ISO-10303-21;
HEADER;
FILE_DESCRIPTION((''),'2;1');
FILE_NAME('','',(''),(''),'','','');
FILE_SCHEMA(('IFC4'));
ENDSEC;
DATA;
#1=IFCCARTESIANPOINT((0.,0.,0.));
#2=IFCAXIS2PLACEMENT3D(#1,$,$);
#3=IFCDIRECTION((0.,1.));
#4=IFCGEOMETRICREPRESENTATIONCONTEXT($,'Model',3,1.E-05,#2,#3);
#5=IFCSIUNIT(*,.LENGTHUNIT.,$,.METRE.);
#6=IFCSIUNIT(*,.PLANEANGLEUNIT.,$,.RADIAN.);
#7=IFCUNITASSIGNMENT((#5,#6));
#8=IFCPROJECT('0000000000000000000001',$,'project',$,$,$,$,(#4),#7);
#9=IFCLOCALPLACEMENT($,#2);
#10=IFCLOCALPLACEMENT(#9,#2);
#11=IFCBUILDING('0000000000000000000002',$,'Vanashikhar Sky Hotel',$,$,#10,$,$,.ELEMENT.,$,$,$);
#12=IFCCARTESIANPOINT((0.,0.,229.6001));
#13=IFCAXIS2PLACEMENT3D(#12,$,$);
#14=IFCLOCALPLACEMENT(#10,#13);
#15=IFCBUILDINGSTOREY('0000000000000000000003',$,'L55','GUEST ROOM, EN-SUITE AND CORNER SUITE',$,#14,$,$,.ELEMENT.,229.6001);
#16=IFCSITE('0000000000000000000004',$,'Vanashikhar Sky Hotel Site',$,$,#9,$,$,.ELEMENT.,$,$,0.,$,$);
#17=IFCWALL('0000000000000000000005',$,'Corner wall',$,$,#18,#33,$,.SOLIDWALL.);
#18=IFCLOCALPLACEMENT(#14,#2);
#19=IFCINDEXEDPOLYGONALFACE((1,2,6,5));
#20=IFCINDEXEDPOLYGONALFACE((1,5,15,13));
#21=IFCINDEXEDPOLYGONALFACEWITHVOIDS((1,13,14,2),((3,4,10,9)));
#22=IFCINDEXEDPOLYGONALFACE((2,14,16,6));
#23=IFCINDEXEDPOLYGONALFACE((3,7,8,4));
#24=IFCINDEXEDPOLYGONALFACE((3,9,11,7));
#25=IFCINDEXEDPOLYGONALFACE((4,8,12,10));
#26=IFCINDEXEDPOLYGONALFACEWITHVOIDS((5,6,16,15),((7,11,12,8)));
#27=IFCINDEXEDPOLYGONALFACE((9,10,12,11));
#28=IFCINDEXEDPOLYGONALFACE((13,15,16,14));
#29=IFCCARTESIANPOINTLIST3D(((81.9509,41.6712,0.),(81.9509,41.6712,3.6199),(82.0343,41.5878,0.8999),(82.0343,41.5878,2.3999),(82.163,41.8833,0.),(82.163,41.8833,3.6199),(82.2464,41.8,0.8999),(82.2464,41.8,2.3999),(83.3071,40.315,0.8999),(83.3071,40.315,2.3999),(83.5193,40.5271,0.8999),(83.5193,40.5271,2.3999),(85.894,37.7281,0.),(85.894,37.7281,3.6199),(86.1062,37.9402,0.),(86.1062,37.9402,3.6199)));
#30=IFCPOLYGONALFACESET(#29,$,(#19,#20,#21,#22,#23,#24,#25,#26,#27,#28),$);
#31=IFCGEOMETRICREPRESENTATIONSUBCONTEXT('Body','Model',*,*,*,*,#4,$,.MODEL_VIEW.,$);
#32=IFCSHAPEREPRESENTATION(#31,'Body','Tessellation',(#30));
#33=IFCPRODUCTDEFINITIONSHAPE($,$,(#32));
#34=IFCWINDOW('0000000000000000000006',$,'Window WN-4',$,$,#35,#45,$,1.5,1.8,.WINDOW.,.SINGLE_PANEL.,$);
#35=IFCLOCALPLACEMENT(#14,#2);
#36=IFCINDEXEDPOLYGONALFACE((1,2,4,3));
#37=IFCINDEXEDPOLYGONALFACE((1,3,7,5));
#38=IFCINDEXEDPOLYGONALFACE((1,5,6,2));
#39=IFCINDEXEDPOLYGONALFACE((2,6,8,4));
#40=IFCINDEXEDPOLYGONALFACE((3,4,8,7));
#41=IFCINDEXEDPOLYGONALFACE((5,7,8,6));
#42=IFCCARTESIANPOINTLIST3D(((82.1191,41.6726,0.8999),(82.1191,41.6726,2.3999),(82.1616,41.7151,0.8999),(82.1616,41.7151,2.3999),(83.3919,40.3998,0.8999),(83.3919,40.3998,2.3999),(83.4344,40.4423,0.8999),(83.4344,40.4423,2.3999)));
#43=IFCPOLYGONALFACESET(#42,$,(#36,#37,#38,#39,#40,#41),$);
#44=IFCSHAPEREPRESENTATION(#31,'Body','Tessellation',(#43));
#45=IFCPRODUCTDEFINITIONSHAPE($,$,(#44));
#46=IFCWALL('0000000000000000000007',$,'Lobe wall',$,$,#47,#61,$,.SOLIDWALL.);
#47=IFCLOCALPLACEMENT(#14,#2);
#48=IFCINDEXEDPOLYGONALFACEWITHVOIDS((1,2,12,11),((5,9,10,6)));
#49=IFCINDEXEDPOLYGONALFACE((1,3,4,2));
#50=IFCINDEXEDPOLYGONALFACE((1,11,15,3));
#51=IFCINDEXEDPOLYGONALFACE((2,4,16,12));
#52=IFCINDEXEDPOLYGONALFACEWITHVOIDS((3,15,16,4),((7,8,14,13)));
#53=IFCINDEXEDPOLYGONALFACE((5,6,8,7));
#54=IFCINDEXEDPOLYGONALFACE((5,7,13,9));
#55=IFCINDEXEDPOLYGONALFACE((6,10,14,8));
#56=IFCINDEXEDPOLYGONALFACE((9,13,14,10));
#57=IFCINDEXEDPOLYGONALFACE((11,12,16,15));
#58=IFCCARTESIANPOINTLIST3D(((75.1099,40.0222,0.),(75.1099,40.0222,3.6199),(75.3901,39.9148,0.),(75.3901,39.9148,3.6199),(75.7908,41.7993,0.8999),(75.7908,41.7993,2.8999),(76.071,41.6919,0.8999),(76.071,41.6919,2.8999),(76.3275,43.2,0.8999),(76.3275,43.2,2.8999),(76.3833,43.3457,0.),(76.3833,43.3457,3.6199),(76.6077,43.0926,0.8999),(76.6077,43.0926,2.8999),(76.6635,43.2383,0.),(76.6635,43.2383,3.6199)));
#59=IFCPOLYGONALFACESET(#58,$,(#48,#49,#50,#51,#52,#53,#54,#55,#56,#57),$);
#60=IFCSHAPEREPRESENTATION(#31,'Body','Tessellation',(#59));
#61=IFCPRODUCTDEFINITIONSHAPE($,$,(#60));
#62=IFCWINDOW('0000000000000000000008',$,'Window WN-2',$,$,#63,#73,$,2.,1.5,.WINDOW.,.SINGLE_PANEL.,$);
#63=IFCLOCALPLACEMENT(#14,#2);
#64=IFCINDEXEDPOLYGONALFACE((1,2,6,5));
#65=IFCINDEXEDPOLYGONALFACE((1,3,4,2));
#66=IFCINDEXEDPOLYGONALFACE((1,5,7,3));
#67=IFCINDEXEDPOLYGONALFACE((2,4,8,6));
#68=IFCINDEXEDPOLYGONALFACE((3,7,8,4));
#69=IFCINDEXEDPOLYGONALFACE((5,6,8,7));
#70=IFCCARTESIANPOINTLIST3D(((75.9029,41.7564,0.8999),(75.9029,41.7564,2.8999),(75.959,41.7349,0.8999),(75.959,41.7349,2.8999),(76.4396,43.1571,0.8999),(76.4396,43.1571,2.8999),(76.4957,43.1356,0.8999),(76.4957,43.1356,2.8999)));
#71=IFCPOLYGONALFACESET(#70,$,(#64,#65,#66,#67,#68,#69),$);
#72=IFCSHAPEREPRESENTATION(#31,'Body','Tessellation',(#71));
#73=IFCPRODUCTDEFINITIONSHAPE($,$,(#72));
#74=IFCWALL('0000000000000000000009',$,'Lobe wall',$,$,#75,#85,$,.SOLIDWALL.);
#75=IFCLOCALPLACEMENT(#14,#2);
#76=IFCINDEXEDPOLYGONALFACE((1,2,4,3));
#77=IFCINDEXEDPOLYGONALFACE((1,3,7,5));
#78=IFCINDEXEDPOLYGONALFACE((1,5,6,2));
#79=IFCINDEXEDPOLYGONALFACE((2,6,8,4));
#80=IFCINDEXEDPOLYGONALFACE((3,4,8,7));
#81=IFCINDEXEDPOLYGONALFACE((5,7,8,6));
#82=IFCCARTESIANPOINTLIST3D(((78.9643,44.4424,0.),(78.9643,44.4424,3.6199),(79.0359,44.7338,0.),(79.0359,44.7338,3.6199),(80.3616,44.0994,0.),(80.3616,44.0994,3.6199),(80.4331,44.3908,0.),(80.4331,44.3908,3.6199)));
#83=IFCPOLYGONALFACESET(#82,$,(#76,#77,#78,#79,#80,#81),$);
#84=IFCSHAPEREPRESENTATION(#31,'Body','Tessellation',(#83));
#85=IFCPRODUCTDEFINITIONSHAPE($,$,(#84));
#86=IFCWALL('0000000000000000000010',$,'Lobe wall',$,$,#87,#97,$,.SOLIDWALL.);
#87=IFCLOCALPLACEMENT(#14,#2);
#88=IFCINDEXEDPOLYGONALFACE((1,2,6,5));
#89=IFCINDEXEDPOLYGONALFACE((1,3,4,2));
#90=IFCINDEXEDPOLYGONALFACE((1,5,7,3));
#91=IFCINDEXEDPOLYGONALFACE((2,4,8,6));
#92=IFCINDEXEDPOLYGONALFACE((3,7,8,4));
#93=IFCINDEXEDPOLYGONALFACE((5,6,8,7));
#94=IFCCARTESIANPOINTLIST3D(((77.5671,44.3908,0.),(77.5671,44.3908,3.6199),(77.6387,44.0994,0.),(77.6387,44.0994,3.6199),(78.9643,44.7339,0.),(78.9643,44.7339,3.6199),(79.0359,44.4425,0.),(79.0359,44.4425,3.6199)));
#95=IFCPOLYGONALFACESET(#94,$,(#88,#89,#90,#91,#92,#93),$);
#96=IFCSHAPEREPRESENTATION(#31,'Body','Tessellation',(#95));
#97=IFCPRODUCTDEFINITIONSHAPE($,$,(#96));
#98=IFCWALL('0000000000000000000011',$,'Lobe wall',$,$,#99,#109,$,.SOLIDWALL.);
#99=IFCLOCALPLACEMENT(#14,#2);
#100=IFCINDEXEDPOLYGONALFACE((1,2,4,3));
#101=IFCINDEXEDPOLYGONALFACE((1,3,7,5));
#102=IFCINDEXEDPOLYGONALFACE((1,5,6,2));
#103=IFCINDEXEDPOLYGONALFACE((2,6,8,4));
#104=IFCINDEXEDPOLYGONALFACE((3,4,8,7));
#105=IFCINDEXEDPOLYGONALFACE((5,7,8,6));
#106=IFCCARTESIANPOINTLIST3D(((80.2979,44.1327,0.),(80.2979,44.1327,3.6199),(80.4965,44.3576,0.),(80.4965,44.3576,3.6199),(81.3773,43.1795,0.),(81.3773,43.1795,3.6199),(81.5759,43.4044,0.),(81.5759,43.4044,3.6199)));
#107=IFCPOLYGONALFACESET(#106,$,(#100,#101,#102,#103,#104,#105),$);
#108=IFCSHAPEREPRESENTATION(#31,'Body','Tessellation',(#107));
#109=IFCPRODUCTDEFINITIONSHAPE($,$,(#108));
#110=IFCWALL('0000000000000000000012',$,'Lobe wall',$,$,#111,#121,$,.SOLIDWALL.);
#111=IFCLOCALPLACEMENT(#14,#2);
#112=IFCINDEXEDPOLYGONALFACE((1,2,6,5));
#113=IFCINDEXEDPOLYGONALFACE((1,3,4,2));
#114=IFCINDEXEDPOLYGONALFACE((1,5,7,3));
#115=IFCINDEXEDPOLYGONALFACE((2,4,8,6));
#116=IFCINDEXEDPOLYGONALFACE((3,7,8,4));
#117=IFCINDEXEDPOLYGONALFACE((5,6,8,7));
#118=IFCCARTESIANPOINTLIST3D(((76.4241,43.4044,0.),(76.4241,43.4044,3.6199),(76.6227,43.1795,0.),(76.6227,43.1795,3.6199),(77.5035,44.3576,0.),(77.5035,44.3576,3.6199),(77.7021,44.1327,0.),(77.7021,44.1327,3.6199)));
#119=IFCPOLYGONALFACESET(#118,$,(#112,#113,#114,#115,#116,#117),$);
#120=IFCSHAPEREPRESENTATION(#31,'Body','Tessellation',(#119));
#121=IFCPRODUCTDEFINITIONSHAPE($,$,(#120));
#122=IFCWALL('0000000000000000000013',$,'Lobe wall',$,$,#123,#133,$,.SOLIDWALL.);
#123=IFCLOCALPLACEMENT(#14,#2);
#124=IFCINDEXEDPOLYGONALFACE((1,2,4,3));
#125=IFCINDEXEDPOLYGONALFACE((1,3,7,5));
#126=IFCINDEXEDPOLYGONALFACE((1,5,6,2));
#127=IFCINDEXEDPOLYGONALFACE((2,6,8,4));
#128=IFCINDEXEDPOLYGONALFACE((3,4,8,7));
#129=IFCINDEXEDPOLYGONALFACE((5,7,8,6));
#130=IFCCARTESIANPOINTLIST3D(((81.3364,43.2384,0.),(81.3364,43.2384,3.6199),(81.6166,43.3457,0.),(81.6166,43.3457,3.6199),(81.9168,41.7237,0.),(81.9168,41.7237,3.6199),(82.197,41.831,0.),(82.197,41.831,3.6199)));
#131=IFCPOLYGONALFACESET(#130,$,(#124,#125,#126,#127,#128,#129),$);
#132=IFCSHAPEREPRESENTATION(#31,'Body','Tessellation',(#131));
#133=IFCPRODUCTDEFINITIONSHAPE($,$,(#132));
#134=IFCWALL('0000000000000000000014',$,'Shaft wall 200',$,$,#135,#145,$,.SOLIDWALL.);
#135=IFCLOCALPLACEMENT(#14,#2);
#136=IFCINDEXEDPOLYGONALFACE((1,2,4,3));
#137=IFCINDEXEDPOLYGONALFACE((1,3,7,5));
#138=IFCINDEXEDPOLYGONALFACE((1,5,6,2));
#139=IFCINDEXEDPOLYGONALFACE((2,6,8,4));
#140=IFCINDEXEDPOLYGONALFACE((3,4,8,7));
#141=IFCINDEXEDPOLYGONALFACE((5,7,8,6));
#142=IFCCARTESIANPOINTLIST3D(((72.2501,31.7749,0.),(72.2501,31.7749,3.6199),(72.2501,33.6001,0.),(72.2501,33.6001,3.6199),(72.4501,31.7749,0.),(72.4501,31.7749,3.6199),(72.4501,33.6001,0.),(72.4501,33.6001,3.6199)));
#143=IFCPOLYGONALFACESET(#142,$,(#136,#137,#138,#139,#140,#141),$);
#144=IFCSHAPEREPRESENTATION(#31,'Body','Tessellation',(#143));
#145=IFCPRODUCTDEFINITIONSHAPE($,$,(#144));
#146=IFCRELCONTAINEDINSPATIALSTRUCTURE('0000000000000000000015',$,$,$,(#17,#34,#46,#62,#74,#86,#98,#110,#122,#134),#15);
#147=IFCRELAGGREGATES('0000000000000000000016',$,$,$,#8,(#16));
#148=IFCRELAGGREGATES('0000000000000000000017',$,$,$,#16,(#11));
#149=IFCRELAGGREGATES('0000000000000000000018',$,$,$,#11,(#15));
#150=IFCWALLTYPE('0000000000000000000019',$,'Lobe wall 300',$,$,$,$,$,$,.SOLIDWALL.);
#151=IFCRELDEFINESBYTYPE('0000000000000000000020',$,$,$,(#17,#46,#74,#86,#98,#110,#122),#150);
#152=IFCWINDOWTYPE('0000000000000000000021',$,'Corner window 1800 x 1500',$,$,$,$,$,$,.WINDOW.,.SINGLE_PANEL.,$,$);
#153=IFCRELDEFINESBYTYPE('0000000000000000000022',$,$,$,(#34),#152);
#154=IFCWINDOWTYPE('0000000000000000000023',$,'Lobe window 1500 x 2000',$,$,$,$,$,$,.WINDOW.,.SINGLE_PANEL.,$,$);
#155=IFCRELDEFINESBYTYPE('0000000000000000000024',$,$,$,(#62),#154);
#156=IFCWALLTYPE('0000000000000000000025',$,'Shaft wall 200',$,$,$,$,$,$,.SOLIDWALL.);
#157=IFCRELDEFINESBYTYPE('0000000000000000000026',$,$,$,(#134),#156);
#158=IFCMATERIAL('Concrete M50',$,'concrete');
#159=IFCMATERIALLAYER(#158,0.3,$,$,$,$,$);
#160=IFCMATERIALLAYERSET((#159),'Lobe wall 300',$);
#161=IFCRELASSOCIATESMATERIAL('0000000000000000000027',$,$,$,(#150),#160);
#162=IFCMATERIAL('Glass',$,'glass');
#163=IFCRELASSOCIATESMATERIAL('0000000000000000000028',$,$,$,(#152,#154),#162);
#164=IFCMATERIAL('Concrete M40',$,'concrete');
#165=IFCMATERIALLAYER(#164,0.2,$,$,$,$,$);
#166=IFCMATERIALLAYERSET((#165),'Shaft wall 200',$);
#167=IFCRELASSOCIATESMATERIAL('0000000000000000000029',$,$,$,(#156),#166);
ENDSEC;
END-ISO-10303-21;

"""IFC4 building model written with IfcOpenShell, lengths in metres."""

from ifc_helpers import new_model, si_unit, direction, frame, frame_2d, origin, place, context, subcontext, project, spatial, rectangle, extrude, source, transform, mapped, material, layer, layer_set, type_object, element, fill, save


model = new_model("IFC4")

# Units and contexts
model_context = context("Model", 3, precision=1e-05, world=origin(), true_north=direction((0.0, 1.0)))
body_context = subcontext(model_context, "Body", "Model", "MODEL_VIEW")
ifc_project = project(units=[si_unit("LENGTHUNIT", "METRE"), si_unit("PLANEANGLEUNIT", "RADIAN")], contexts=[model_context])

# Site, building, storey
site_placement = place(None, origin())
site = spatial("IfcSite", under=ifc_project, at=site_placement, Name="Vanashikhar Sky Hotel Site", CompositionType="ELEMENT", RefElevation=0.0)
building_placement = place(site_placement, origin())
building = spatial("IfcBuilding", under=site, at=building_placement, Name="Vanashikhar Sky Hotel", CompositionType="ELEMENT")
storey_placement = place(building_placement, frame((0.0, 0.0, 229.6001)))
storey = spatial("IfcBuildingStorey", under=building, at=storey_placement, Name="L55", Description="GUEST ROOM, EN-SUITE AND CORNER SUITE", CompositionType="ELEMENT", Elevation=229.6001)

# Walls, openings, windows
ifc_material_1 = material(Name="Concrete M50", Category="concrete")
ifc_layer_1 = layer(ifc_material_1, 0.3)
ifc_layer_set_1 = layer_set([ifc_layer_1], Name="Lobe wall 300")
wall_type_1 = type_object("IfcWallType", Name="Lobe wall 300", PredefinedType="SOLIDWALL", material=ifc_layer_set_1)
shared_shape_1 = source(origin(), body_context, "Body", "SweptSolid", [
    extrude(rectangle(XDim=5.5764, YDim=0.3, at=frame_2d((2.7881, 0.0))), origin(), (0.0, 0.0, 1.0), 3.6199),
])
wall_1_placement = place(storey_placement, frame((86.0, 37.8342, 0.0), z_axis=(0.0, 0.0, 1.0), x_axis=(-0.707107, 0.707107, 0.0)))
wall_1 = element("IfcWall", 1, at=wall_1_placement, inside=storey, type_object=wall_type_1, Name="Corner wall", PredefinedType="SOLIDWALL", context=body_context, shape_type="MappedRepresentation", body=[
    mapped(shared_shape_1, transform((0.0, 0.0, 0.0), scale=1.0)),
])
shared_shape_2 = source(origin(), body_context, "Body", "SweptSolid", [
    extrude(rectangle(XDim=1.8, YDim=1.5, at=frame_2d((0.8999, 0.75))), frame((0.0, 0.1602, 0.0), z_axis=(0.0, -1.0, 0.0), x_axis=(1.0, 0.0, 0.0)), (0.0, 0.0, 1.0), 0.3201),
])
opening_1_placement = place(wall_1_placement, frame((3.6584, 0.0, 0.8999)))
opening_1 = element("IfcOpeningElement", 2, at=opening_1_placement, cuts=wall_1, PredefinedType="OPENING", context=body_context, shape_type="MappedRepresentation", body=[
    mapped(shared_shape_2, transform((0.0, 0.0, 0.0), scale=1.0)),
])
ifc_material_2 = material(Name="Glass", Category="glass")
window_type_1 = type_object("IfcWindowType", Name="Corner window 1800 x 1500", PartitioningType="SINGLE_PANEL", PredefinedType="WINDOW", material=ifc_material_2)
shared_shape_3 = source(origin(), body_context, "Body", "SweptSolid", [
    extrude(rectangle(XDim=1.8, YDim=1.5, at=frame_2d((0.8999, 0.75))), frame((0.0, 0.03, 0.0), z_axis=(0.0, -1.0, 0.0), x_axis=(1.0, 0.0, 0.0)), (0.0, 0.0, 1.0), 0.0601),
])
window_1_placement = place(opening_1_placement, origin())
window_1 = element("IfcWindow", 3, at=window_1_placement, inside=storey, type_object=window_type_1, Name="Window WN-4", OverallHeight=1.5, OverallWidth=1.8, PartitioningType="SINGLE_PANEL", PredefinedType="WINDOW", context=body_context, shape_type="MappedRepresentation", body=[
    mapped(shared_shape_3, transform((0.0, 0.0, 0.0), scale=1.0)),
])
fill(opening_1, window_1)
shared_shape_4 = source(origin(), body_context, "Body", "SweptSolid", [
    extrude(rectangle(XDim=3.5591, YDim=0.3, at=frame_2d((1.7795, 0.0))), origin(), (0.0, 0.0, 1.0), 3.6199),
])
wall_2_placement = place(storey_placement, frame((76.5234, 43.292, 0.0), z_axis=(0.0, 0.0, 1.0), x_axis=(-0.357797, -0.933799, 0.0)))
wall_2 = element("IfcWall", 4, at=wall_2_placement, inside=storey, type_object=wall_type_1, Name="Lobe wall", PredefinedType="SOLIDWALL", context=body_context, shape_type="MappedRepresentation", body=[
    mapped(shared_shape_4, transform((0.0, 0.0, 0.0), scale=1.0)),
])
shared_shape_5 = source(origin(), body_context, "Body", "SweptSolid", [
    extrude(rectangle(XDim=1.5, YDim=2.0, at=frame_2d((0.75, 1.0))), frame((0.0, 0.1602, 0.0), z_axis=(0.0, -1.0, 0.0), x_axis=(1.0, 0.0, 0.0)), (0.0, 0.0, 1.0), 0.3201),
])
opening_2_placement = place(wall_2_placement, frame((0.156, 0.0, 0.8999)))
opening_2 = element("IfcOpeningElement", 5, at=opening_2_placement, cuts=wall_2, PredefinedType="OPENING", context=body_context, shape_type="MappedRepresentation", body=[
    mapped(shared_shape_5, transform((0.0, 0.0, 0.0), scale=1.0)),
])
window_type_2 = type_object("IfcWindowType", Name="Lobe window 1500 x 2000", PartitioningType="SINGLE_PANEL", PredefinedType="WINDOW", material=ifc_material_2)
shared_shape_6 = source(origin(), body_context, "Body", "SweptSolid", [
    extrude(rectangle(XDim=1.5, YDim=2.0, at=frame_2d((0.75, 1.0))), frame((0.0, 0.03, 0.0), z_axis=(0.0, -1.0, 0.0), x_axis=(1.0, 0.0, 0.0)), (0.0, 0.0, 1.0), 0.0601),
])
window_2_placement = place(opening_2_placement, origin())
window_2 = element("IfcWindow", 6, at=window_2_placement, inside=storey, type_object=window_type_2, Name="Window WN-2", OverallHeight=2.0, OverallWidth=1.5, PartitioningType="SINGLE_PANEL", PredefinedType="WINDOW", context=body_context, shape_type="MappedRepresentation", body=[
    mapped(shared_shape_6, transform((0.0, 0.0, 0.0), scale=1.0)),
])
fill(opening_2, window_2)

# Walls
shared_shape_7 = source(origin(), body_context, "Body", "SweptSolid", [
    extrude(rectangle(XDim=1.4387, YDim=0.3, at=frame_2d((0.7192, 0.0))), origin(), (0.0, 0.0, 1.0), 3.6199),
])
for number, where, z_axis, x_axis, name in (
    (7, (80.3972, 44.2451, 0.0), (0.0, 0.0, 1.0), (-0.971162, 0.238421, 0.0), "Lobe wall"),
    (8, (79.0, 44.5881, 0.0), (0.0, 0.0, 1.0), (-0.971162, -0.238421, 0.0), "Lobe wall"),
):
    element("IfcWall", number, at=place(storey_placement, frame(where, z_axis=z_axis, x_axis=x_axis)), inside=storey, type_object=wall_type_1, Name=name, PredefinedType="SOLIDWALL", context=body_context, shape_type="MappedRepresentation", body=[
        mapped(shared_shape_7, transform((0.0, 0.0, 0.0), scale=1.0)),
    ])
shared_shape_8 = source(origin(), body_context, "Body", "SweptSolid", [
    extrude(rectangle(XDim=1.4399, YDim=0.3, at=frame_2d((0.72, 0.0))), origin(), (0.0, 0.0, 1.0), 3.6199),
])
for number, where, z_axis, x_axis, name in (
    (9, (81.4766, 43.292, 0.0), (0.0, 0.0, 1.0), (-0.749576, 0.661919, 0.0), "Lobe wall"),
    (10, (77.6028, 44.2451, 0.0), (0.0, 0.0, 1.0), (-0.749576, -0.661919, 0.0), "Lobe wall"),
):
    element("IfcWall", number, at=place(storey_placement, frame(where, z_axis=z_axis, x_axis=x_axis)), inside=storey, type_object=wall_type_1, Name=name, PredefinedType="SOLIDWALL", context=body_context, shape_type="MappedRepresentation", body=[
        mapped(shared_shape_8, transform((0.0, 0.0, 0.0), scale=1.0)),
    ])
shared_shape_9 = source(origin(), body_context, "Body", "SweptSolid", [
    extrude(rectangle(XDim=1.6221, YDim=0.3, at=frame_2d((0.811, 0.0))), origin(), (0.0, 0.0, 1.0), 3.6199),
])
wall_3_placement = place(storey_placement, frame((82.0569, 41.7773, 0.0), z_axis=(0.0, 0.0, 1.0), x_axis=(-0.357779, 0.933806, 0.0)))
element("IfcWall", 11, at=wall_3_placement, inside=storey, type_object=wall_type_1, Name="Lobe wall", PredefinedType="SOLIDWALL", context=body_context, shape_type="MappedRepresentation", body=[
    mapped(shared_shape_9, transform((0.0, 0.0, 0.0), scale=1.0)),
])
ifc_material_3 = material(Name="Concrete M40", Category="concrete")
ifc_layer_2 = layer(ifc_material_3, 0.2)
ifc_layer_set_2 = layer_set([ifc_layer_2], Name="Shaft wall 200")
wall_type_2 = type_object("IfcWallType", Name="Shaft wall 200", PredefinedType="SOLIDWALL", material=ifc_layer_set_2)
shared_shape_10 = source(origin(), body_context, "Body", "SweptSolid", [
    extrude(rectangle(XDim=1.8252, YDim=0.2, at=frame_2d((0.9126, 0.0))), origin(), (0.0, 0.0, 1.0), 3.6199),
])
wall_4_placement = place(storey_placement, frame((72.3501, 31.7749, 0.0), z_axis=(0.0, 0.0, 1.0), x_axis=(0.0, 1.0, 0.0)))
element("IfcWall", 12, at=wall_4_placement, inside=storey, type_object=wall_type_2, Name="Shaft wall 200", PredefinedType="SOLIDWALL", context=body_context, shape_type="MappedRepresentation", body=[
    mapped(shared_shape_10, transform((0.0, 0.0, 0.0), scale=1.0)),
])

save(model, "model.ifc")
